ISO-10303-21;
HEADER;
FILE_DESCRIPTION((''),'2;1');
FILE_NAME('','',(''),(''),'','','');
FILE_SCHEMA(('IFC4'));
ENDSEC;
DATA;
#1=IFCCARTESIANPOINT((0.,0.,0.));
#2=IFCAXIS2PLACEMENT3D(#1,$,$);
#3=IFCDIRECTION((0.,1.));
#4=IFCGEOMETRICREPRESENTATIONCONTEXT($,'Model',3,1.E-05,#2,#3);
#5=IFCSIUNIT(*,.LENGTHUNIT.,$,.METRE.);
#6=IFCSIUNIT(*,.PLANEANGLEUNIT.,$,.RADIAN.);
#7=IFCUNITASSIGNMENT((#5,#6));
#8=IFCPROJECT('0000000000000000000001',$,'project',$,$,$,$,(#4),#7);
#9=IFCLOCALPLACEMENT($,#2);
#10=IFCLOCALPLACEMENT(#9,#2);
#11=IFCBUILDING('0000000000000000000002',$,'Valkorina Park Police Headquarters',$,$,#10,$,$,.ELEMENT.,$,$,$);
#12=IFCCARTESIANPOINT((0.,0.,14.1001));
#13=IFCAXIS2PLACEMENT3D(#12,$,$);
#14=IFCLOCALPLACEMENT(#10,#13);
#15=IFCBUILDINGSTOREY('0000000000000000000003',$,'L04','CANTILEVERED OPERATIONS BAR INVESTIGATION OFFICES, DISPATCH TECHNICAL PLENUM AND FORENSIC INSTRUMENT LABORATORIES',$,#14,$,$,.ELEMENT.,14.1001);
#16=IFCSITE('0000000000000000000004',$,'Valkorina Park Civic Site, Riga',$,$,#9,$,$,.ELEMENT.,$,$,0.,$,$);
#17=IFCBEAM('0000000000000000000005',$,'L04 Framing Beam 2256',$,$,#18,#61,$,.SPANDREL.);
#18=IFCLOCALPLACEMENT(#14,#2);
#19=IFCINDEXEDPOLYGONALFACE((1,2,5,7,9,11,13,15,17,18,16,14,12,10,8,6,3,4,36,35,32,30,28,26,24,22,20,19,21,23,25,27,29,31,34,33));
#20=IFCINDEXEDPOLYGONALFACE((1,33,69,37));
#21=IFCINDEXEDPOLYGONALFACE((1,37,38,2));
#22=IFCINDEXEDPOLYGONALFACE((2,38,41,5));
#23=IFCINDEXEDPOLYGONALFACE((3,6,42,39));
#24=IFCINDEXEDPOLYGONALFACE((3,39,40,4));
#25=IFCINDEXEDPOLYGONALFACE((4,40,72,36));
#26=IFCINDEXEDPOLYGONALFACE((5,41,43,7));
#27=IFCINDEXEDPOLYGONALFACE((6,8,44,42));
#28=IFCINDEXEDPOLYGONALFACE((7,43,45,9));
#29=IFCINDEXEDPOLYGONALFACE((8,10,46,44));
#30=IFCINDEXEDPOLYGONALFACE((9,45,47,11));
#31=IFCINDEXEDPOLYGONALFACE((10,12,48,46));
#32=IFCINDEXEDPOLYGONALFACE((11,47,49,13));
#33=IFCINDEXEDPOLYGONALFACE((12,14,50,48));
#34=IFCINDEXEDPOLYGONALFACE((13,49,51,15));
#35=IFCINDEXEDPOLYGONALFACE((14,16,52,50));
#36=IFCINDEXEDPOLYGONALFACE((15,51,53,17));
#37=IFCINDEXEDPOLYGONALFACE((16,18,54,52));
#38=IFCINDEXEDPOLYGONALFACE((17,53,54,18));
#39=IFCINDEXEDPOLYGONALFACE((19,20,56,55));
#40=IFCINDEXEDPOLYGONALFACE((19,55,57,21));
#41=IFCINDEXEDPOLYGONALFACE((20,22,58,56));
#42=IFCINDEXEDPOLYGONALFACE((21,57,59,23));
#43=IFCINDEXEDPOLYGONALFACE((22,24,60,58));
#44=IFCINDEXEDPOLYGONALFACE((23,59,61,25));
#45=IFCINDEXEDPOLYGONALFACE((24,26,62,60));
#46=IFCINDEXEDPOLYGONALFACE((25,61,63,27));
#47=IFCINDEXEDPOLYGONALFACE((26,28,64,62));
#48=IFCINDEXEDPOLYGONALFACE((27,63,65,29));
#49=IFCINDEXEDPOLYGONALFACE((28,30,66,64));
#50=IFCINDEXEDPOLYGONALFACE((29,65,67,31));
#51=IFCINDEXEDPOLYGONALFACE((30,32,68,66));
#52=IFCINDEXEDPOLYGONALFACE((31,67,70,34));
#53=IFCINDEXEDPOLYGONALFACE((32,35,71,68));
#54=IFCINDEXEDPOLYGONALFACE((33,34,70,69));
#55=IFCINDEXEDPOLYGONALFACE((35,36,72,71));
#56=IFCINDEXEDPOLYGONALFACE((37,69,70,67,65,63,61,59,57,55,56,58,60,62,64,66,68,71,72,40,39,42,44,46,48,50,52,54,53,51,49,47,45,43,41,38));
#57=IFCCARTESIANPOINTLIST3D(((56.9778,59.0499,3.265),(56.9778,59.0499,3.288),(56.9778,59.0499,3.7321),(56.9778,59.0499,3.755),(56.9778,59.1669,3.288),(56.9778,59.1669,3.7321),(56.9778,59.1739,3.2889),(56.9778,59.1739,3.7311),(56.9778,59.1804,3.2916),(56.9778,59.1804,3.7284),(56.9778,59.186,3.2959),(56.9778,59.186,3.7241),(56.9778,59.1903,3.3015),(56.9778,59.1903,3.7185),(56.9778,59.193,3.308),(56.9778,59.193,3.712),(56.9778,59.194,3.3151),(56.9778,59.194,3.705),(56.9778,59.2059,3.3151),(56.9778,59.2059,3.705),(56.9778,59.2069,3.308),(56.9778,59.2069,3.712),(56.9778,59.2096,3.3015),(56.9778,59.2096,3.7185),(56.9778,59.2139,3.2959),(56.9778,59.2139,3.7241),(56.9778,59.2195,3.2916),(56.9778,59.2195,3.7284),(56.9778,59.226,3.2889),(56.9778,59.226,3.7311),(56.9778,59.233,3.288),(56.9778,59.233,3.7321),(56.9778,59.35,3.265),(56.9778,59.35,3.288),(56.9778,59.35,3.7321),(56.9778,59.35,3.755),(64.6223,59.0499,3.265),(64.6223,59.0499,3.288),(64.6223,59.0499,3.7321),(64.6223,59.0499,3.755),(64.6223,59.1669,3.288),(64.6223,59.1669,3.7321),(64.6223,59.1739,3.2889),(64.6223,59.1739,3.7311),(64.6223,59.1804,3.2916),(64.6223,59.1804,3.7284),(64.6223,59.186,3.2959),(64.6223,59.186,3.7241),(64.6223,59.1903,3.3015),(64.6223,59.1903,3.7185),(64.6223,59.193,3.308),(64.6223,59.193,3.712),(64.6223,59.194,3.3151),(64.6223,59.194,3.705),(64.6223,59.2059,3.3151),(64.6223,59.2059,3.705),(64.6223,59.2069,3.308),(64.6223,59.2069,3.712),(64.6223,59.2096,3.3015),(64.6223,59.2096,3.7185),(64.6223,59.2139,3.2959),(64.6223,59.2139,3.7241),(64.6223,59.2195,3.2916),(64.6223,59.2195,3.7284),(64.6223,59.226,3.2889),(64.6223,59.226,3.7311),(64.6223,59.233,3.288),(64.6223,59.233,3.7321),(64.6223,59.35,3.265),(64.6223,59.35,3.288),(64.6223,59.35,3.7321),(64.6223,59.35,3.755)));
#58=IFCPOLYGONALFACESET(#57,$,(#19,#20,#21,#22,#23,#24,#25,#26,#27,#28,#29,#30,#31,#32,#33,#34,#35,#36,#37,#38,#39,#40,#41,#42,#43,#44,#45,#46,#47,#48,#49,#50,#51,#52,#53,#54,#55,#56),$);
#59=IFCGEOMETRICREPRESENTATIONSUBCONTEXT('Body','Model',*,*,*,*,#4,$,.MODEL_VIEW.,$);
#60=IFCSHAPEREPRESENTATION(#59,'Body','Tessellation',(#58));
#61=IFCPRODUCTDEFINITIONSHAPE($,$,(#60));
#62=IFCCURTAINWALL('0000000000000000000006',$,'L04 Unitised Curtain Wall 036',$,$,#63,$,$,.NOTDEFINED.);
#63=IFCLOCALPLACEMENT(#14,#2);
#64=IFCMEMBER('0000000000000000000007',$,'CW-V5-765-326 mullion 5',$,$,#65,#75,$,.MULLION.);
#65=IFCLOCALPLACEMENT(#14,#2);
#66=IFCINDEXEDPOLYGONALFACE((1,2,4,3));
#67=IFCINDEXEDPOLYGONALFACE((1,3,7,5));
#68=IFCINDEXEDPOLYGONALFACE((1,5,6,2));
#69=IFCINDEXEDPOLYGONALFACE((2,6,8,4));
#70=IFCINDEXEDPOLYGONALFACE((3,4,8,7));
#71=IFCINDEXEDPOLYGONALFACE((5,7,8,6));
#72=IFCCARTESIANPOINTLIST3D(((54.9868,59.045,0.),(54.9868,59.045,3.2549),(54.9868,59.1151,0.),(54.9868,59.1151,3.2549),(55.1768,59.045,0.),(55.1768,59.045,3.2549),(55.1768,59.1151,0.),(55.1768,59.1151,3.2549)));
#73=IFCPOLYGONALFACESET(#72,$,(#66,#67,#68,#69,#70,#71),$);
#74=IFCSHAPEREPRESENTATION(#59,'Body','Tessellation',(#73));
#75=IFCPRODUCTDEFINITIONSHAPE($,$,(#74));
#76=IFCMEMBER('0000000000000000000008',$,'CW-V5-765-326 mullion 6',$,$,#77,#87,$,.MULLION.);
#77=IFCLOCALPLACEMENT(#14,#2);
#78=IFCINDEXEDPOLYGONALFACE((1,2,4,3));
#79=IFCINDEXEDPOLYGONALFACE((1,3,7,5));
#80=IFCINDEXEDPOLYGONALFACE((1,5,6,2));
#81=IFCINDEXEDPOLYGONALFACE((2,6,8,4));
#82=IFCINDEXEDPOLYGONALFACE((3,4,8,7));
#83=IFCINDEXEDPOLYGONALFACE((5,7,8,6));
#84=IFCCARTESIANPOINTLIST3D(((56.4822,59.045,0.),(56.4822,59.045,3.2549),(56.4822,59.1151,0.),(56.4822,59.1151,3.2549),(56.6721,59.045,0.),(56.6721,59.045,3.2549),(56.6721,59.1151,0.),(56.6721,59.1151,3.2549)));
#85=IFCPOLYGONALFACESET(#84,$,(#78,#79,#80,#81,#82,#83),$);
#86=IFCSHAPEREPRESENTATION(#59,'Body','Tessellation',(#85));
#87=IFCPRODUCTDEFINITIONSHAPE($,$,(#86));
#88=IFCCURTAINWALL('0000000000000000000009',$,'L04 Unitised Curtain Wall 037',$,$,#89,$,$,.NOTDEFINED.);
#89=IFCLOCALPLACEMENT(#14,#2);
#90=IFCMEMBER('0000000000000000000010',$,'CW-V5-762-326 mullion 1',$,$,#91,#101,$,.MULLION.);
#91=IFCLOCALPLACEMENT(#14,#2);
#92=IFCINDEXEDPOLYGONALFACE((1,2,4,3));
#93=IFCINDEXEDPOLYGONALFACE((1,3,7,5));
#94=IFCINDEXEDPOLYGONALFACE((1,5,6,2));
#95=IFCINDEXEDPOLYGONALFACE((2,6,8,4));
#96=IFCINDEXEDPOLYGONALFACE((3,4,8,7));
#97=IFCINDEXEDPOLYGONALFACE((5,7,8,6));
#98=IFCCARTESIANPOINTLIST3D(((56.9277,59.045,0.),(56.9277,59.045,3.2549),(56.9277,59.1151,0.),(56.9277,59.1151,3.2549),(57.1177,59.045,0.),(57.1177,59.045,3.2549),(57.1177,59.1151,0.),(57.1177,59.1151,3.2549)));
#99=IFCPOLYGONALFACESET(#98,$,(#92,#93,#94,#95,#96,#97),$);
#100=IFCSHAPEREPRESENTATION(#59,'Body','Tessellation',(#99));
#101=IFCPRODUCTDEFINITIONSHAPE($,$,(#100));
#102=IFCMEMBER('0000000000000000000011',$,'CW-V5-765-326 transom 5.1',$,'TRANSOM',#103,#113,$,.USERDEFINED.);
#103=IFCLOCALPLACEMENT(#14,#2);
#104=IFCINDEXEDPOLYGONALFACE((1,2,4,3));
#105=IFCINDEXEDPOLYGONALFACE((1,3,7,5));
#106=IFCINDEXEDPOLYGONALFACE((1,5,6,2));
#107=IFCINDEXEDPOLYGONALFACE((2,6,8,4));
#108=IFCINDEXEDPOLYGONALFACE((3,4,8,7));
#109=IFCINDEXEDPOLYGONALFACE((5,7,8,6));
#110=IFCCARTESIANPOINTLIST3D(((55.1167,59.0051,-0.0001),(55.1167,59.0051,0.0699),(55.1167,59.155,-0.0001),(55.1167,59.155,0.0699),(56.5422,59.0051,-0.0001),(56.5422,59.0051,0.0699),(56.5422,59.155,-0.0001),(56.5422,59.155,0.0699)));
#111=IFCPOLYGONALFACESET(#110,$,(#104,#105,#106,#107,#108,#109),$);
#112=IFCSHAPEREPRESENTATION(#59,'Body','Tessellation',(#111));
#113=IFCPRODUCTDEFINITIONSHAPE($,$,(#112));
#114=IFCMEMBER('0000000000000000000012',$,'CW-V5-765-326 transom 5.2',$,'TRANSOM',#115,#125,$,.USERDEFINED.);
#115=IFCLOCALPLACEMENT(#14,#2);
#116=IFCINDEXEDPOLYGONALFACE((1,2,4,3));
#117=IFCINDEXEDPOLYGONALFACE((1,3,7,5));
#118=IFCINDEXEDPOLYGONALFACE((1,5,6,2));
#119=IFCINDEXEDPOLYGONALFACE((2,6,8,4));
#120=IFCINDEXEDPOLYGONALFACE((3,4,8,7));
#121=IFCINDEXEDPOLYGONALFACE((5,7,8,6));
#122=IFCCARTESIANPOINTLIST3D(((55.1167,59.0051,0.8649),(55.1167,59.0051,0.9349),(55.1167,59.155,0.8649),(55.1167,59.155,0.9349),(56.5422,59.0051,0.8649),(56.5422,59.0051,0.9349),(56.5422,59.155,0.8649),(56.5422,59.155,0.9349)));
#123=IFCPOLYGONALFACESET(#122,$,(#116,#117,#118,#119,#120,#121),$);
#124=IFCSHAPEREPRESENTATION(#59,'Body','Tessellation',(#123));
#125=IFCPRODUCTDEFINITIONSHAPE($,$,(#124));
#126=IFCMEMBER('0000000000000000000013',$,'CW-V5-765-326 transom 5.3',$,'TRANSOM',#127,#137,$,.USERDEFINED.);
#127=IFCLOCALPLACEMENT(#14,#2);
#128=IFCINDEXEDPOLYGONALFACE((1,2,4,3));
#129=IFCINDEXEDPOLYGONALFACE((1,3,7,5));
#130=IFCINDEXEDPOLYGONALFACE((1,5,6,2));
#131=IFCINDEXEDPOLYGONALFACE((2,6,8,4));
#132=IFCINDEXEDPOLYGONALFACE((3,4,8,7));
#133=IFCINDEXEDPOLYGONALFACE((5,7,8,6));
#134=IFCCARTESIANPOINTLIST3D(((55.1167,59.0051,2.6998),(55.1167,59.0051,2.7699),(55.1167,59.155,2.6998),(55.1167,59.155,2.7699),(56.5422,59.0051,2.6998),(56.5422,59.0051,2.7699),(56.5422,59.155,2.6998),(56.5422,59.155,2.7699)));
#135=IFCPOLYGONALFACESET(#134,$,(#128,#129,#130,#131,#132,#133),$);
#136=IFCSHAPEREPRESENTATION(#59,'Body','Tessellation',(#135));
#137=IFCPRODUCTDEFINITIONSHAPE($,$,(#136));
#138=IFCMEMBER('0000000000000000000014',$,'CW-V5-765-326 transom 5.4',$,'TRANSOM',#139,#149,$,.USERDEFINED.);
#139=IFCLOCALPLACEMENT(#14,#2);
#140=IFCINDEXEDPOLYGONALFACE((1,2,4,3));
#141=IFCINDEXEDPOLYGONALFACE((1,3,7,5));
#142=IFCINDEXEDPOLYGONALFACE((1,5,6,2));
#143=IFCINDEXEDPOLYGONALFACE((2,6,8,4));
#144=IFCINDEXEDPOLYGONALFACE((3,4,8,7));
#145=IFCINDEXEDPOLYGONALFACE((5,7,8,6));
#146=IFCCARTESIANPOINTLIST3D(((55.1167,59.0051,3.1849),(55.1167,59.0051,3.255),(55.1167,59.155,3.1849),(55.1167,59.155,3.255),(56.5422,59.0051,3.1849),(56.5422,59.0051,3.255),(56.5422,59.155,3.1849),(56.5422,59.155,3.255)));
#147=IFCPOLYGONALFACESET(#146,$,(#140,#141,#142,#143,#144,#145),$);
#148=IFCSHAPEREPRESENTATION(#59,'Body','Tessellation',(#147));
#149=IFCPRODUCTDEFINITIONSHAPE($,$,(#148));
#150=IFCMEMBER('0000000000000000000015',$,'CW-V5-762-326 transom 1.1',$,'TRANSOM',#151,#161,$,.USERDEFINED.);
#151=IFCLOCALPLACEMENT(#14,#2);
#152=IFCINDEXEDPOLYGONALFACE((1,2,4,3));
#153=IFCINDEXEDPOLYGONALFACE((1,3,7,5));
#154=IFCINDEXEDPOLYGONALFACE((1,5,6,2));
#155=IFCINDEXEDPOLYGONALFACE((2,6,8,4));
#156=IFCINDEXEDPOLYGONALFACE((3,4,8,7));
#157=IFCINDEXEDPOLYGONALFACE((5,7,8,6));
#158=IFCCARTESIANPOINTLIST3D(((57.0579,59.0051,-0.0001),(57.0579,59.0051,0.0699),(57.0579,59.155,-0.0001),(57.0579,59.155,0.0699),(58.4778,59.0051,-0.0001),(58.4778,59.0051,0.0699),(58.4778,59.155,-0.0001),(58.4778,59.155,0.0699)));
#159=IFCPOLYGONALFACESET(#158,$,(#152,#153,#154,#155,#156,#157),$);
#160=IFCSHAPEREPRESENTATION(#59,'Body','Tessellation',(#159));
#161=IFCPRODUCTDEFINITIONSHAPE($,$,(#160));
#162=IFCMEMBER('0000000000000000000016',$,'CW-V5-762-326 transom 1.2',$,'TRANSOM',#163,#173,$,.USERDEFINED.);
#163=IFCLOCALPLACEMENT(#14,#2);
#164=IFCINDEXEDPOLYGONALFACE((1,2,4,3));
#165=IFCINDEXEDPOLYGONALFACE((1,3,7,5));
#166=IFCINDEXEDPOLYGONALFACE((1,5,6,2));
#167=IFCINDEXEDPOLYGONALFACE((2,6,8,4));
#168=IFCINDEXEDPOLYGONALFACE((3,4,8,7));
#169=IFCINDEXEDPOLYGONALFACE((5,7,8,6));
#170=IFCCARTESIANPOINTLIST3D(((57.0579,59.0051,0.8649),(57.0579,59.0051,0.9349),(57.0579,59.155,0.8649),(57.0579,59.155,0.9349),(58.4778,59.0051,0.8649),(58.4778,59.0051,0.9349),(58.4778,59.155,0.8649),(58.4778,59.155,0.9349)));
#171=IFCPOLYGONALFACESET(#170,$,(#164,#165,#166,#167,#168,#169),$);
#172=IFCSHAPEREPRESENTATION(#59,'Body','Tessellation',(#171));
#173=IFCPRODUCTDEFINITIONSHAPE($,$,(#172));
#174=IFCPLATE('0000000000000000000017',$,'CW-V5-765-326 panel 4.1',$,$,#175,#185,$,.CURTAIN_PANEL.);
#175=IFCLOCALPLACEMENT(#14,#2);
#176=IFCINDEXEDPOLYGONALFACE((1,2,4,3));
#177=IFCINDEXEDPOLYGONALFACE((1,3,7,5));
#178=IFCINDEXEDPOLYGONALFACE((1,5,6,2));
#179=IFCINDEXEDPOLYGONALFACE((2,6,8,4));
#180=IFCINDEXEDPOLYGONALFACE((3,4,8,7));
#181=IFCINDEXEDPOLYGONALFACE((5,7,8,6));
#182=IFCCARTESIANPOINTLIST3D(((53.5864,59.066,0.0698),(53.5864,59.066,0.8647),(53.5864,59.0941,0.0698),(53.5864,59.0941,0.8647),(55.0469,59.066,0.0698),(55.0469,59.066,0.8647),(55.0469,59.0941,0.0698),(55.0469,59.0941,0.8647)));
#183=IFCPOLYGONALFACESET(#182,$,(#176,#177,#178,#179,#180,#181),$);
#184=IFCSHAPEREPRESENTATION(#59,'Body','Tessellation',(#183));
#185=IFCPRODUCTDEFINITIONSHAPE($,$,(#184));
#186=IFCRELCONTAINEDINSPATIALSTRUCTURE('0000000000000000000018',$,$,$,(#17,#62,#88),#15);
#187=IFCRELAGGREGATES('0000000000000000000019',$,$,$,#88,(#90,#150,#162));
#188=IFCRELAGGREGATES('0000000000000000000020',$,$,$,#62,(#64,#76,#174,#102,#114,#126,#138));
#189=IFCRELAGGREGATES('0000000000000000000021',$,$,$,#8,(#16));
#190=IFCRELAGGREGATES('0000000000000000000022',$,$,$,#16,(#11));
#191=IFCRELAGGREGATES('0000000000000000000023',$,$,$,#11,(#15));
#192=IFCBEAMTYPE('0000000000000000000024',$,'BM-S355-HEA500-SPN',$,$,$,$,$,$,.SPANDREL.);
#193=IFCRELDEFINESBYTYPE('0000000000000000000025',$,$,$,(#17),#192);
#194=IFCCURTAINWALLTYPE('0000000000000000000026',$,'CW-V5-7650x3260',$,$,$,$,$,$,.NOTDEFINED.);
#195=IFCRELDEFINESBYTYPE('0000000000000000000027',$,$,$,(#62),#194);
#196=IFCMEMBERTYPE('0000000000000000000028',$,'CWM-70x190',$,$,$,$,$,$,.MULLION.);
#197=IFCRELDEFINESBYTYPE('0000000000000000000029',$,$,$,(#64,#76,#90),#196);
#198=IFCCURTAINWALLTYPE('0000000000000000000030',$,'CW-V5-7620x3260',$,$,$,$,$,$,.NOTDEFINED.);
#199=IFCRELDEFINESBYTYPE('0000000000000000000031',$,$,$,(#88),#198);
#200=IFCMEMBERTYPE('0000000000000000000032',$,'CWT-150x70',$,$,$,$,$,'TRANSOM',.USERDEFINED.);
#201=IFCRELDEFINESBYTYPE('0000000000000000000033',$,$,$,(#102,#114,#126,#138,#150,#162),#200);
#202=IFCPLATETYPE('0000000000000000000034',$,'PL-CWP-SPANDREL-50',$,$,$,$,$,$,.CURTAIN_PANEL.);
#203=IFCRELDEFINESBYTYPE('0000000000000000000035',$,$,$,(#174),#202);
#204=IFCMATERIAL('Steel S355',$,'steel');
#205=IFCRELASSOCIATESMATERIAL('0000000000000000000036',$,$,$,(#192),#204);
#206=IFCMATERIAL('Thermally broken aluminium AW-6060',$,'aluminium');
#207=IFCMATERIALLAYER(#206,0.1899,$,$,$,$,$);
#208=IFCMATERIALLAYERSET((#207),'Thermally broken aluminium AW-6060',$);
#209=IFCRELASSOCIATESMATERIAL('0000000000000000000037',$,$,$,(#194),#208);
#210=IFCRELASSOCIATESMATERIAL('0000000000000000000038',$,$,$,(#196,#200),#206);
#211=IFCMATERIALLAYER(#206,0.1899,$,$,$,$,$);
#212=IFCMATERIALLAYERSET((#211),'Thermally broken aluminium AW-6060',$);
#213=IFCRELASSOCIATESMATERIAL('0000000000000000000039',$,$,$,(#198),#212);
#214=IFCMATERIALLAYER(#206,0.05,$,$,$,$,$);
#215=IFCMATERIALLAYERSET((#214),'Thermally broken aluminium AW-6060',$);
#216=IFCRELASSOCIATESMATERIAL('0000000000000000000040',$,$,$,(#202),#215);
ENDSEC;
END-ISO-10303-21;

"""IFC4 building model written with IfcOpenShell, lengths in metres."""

from ifc_helpers import new_model, si_unit, direction, frame, origin, origin_2d, place, context, subcontext, project, spatial, rectangle, i_section, extrude, material, layer, layer_set, material_profile, profile_set, type_object, element, aggregate, save


model = new_model("IFC4")

# Units and contexts
model_context = context("Model", 3, precision=1e-05, world=origin(), true_north=direction((0.0, 1.0)))
body_context = subcontext(model_context, "Body", "Model", "MODEL_VIEW")
ifc_project = project(units=[si_unit("LENGTHUNIT", "METRE"), si_unit("PLANEANGLEUNIT", "RADIAN")], contexts=[model_context])

# Site, building, storey
site_placement = place(None, origin())
site = spatial("IfcSite", under=ifc_project, at=site_placement, Name="Valkorina Park Civic Site, Riga", CompositionType="ELEMENT", RefElevation=0.0)
building_placement = place(site_placement, origin())
building = spatial("IfcBuilding", under=site, at=building_placement, Name="Valkorina Park Police Headquarters", CompositionType="ELEMENT")
storey_placement = place(building_placement, frame((0.0, 0.0, 14.1001)))
storey = spatial("IfcBuildingStorey", under=building, at=storey_placement, Name="L04", Description="CANTILEVERED OPERATIONS BAR INVESTIGATION OFFICES, DISPATCH TECHNICAL PLENUM AND FORENSIC INSTRUMENT LABORATORIES", CompositionType="ELEMENT", Elevation=14.1001)

# Shared definitions
ifc_material_1 = material(Name="Steel S355", Category="steel")

# Beam
ifc_material_profile_1 = material_profile(ifc_material_1, i_section(OverallWidth=0.3, OverallDepth=0.49, WebThickness=0.012, FlangeThickness=0.0229, FilletRadius=0.0271, at=origin_2d()), Name="HEA 500")
ifc_profile_set_1 = profile_set([ifc_material_profile_1], Name="Steel S355")
beam_type = type_object("IfcBeamType", Name="BM-S355-HEA500-SPN", PredefinedType="SPANDREL", material=ifc_profile_set_1)
beam_1_placement = place(storey_placement, frame((56.9778, 59.2, 3.51), z_axis=(1.0, 0.0, 0.0), x_axis=(0.0, 1.0, 0.0)))
element("IfcBeam", 1, at=beam_1_placement, inside=storey, type_object=beam_type, Name="L04 Framing Beam 2256", PredefinedType="SPANDREL", context=body_context, shape_type="SweptSolid", body=[
    extrude(i_section(OverallWidth=0.3, OverallDepth=0.49, WebThickness=0.012, FlangeThickness=0.0229, FilletRadius=0.0271, at=origin_2d()), origin(), (0.0, 0.0, 1.0), 7.6445),
])

# Curtain wall, members
ifc_material_2 = material(Name="Thermally broken aluminium AW-6060", Category="aluminium")
ifc_layer_1 = layer(ifc_material_2, 0.1899)
ifc_layer_set_1 = layer_set([ifc_layer_1], Name="Thermally broken aluminium AW-6060")
curtain_wall_type_1 = type_object("IfcCurtainWallType", Name="CW-V5-7650x3260", PredefinedType="NOTDEFINED", material=ifc_layer_set_1)
curtain_wall_1_placement = place(storey_placement, origin())
curtain_wall_1 = element("IfcCurtainWall", 2, at=curtain_wall_1_placement, inside=storey, type_object=curtain_wall_type_1, Name="L04 Unitised Curtain Wall 036", PredefinedType="NOTDEFINED")
ifc_material_profile_2 = material_profile(ifc_material_2, rectangle(XDim=0.0701, YDim=0.1899, at=origin_2d()), Name="CWM-02 70x190")
ifc_profile_set_2 = profile_set([ifc_material_profile_2], Name="Thermally broken aluminium AW-6060")
member_type_1 = type_object("IfcMemberType", Name="CWM-70x190", PredefinedType="MULLION", material=ifc_profile_set_2)
member_1_placement = place(storey_placement, frame((55.0818, 59.0801, 0.0), z_axis=(0.0, 0.0, 1.0), x_axis=(0.0, 1.0, 0.0)))
member_1 = element("IfcMember", 3, at=member_1_placement, type_object=member_type_1, Name="CW-V5-765-326 mullion 5", PredefinedType="MULLION", context=body_context, shape_type="SweptSolid", body=[
    extrude(rectangle(XDim=0.0701, YDim=0.1899, at=origin_2d()), origin(), (0.0, 0.0, 1.0), 3.2549),
])
member_2_placement = place(storey_placement, frame((56.5771, 59.0801, 0.0), z_axis=(0.0, 0.0, 1.0), x_axis=(0.0, 1.0, 0.0)))
member_2 = element("IfcMember", 4, at=member_2_placement, type_object=member_type_1, Name="CW-V5-765-326 mullion 6", PredefinedType="MULLION", context=body_context, shape_type="SweptSolid", body=[
    extrude(rectangle(XDim=0.0701, YDim=0.1899, at=origin_2d()), origin(), (0.0, 0.0, 1.0), 3.2549),
])

# Curtain wall, member
ifc_layer_2 = layer(ifc_material_2, 0.1899)
ifc_layer_set_2 = layer_set([ifc_layer_2], Name="Thermally broken aluminium AW-6060")
curtain_wall_type_2 = type_object("IfcCurtainWallType", Name="CW-V5-7620x3260", PredefinedType="NOTDEFINED", material=ifc_layer_set_2)
curtain_wall_2_placement = place(storey_placement, origin())
curtain_wall_2 = element("IfcCurtainWall", 5, at=curtain_wall_2_placement, inside=storey, type_object=curtain_wall_type_2, Name="L04 Unitised Curtain Wall 037", PredefinedType="NOTDEFINED")
member_3_placement = place(storey_placement, frame((57.0227, 59.0801, 0.0), z_axis=(0.0, 0.0, 1.0), x_axis=(0.0, 1.0, 0.0)))
member_3 = element("IfcMember", 6, at=member_3_placement, type_object=member_type_1, Name="CW-V5-762-326 mullion 1", PredefinedType="MULLION", context=body_context, shape_type="SweptSolid", body=[
    extrude(rectangle(XDim=0.0701, YDim=0.1899, at=origin_2d()), origin(), (0.0, 0.0, 1.0), 3.2549),
])

# Members
ifc_material_profile_3 = material_profile(ifc_material_2, rectangle(XDim=0.1499, YDim=0.0701, at=origin_2d()), Name="CWT-02 150x70")
ifc_profile_set_3 = profile_set([ifc_material_profile_3], Name="Thermally broken aluminium AW-6060")
member_type_2 = type_object("IfcMemberType", Name="CWT-150x70", ElementType="TRANSOM", PredefinedType="USERDEFINED", material=ifc_profile_set_3)
member_4_placement = place(storey_placement, frame((55.1167, 59.0801, 0.0349), z_axis=(1.0, 0.0, 0.0), x_axis=(0.0, 1.0, 0.0)))
member_4 = element("IfcMember", 7, at=member_4_placement, type_object=member_type_2, Name="CW-V5-765-326 transom 5.1", ObjectType="TRANSOM", PredefinedType="USERDEFINED", context=body_context, shape_type="SweptSolid", body=[
    extrude(rectangle(XDim=0.1499, YDim=0.0701, at=origin_2d()), origin(), (0.0, 0.0, 1.0), 1.4255),
])
member_5_placement = place(storey_placement, frame((55.1167, 59.0801, 0.8999), z_axis=(1.0, 0.0, 0.0), x_axis=(0.0, 1.0, 0.0)))
member_5 = element("IfcMember", 8, at=member_5_placement, type_object=member_type_2, Name="CW-V5-765-326 transom 5.2", ObjectType="TRANSOM", PredefinedType="USERDEFINED", context=body_context, shape_type="SweptSolid", body=[
    extrude(rectangle(XDim=0.1499, YDim=0.0701, at=origin_2d()), origin(), (0.0, 0.0, 1.0), 1.4255),
])
member_6_placement = place(storey_placement, frame((55.1167, 59.0801, 2.7349), z_axis=(1.0, 0.0, 0.0), x_axis=(0.0, 1.0, 0.0)))
member_6 = element("IfcMember", 9, at=member_6_placement, type_object=member_type_2, Name="CW-V5-765-326 transom 5.3", ObjectType="TRANSOM", PredefinedType="USERDEFINED", context=body_context, shape_type="SweptSolid", body=[
    extrude(rectangle(XDim=0.1499, YDim=0.0701, at=origin_2d()), origin(), (0.0, 0.0, 1.0), 1.4255),
])
member_7_placement = place(storey_placement, frame((55.1167, 59.0801, 3.22), z_axis=(1.0, 0.0, 0.0), x_axis=(0.0, 1.0, 0.0)))
member_7 = element("IfcMember", 10, at=member_7_placement, type_object=member_type_2, Name="CW-V5-765-326 transom 5.4", ObjectType="TRANSOM", PredefinedType="USERDEFINED", context=body_context, shape_type="SweptSolid", body=[
    extrude(rectangle(XDim=0.1499, YDim=0.0701, at=origin_2d()), origin(), (0.0, 0.0, 1.0), 1.4255),
])
member_8_placement = place(storey_placement, frame((57.0579, 59.0801, 0.0349), z_axis=(1.0, 0.0, 0.0), x_axis=(0.0, 1.0, 0.0)))
member_8 = element("IfcMember", 11, at=member_8_placement, type_object=member_type_2, Name="CW-V5-762-326 transom 1.1", ObjectType="TRANSOM", PredefinedType="USERDEFINED", context=body_context, shape_type="SweptSolid", body=[
    extrude(rectangle(XDim=0.1499, YDim=0.0701, at=origin_2d()), origin(), (0.0, 0.0, 1.0), 1.4199),
])
member_9_placement = place(storey_placement, frame((57.0579, 59.0801, 0.8999), z_axis=(1.0, 0.0, 0.0), x_axis=(0.0, 1.0, 0.0)))
member_9 = element("IfcMember", 12, at=member_9_placement, type_object=member_type_2, Name="CW-V5-762-326 transom 1.2", ObjectType="TRANSOM", PredefinedType="USERDEFINED", context=body_context, shape_type="SweptSolid", body=[
    extrude(rectangle(XDim=0.1499, YDim=0.0701, at=origin_2d()), origin(), (0.0, 0.0, 1.0), 1.4199),
])
aggregate(curtain_wall_2, [member_3, member_8, member_9])

# Plate
ifc_layer_3 = layer(ifc_material_2, 0.05)
ifc_layer_set_3 = layer_set([ifc_layer_3], Name="Thermally broken aluminium AW-6060")
plate_type_1 = type_object("IfcPlateType", Name="PL-CWP-SPANDREL-50", PredefinedType="CURTAIN_PANEL", material=ifc_layer_set_3)
plate_1_placement = place(storey_placement, frame((54.3167, 59.0801, 0.0698), z_axis=(0.0, 0.0, 1.0), x_axis=(1.0, 0.0, 0.0)))
plate_1 = element("IfcPlate", 13, at=plate_1_placement, type_object=plate_type_1, Name="CW-V5-765-326 panel 4.1", PredefinedType="CURTAIN_PANEL", context=body_context, shape_type="SweptSolid", body=[
    extrude(rectangle(XDim=1.4604, YDim=0.0281, at=origin_2d()), origin(), (0.0, 0.0, 1.0), 0.7949),
])
aggregate(curtain_wall_1, [member_1, member_2, plate_1, member_4, member_5, member_6, member_7])

save(model, "model.ifc")
